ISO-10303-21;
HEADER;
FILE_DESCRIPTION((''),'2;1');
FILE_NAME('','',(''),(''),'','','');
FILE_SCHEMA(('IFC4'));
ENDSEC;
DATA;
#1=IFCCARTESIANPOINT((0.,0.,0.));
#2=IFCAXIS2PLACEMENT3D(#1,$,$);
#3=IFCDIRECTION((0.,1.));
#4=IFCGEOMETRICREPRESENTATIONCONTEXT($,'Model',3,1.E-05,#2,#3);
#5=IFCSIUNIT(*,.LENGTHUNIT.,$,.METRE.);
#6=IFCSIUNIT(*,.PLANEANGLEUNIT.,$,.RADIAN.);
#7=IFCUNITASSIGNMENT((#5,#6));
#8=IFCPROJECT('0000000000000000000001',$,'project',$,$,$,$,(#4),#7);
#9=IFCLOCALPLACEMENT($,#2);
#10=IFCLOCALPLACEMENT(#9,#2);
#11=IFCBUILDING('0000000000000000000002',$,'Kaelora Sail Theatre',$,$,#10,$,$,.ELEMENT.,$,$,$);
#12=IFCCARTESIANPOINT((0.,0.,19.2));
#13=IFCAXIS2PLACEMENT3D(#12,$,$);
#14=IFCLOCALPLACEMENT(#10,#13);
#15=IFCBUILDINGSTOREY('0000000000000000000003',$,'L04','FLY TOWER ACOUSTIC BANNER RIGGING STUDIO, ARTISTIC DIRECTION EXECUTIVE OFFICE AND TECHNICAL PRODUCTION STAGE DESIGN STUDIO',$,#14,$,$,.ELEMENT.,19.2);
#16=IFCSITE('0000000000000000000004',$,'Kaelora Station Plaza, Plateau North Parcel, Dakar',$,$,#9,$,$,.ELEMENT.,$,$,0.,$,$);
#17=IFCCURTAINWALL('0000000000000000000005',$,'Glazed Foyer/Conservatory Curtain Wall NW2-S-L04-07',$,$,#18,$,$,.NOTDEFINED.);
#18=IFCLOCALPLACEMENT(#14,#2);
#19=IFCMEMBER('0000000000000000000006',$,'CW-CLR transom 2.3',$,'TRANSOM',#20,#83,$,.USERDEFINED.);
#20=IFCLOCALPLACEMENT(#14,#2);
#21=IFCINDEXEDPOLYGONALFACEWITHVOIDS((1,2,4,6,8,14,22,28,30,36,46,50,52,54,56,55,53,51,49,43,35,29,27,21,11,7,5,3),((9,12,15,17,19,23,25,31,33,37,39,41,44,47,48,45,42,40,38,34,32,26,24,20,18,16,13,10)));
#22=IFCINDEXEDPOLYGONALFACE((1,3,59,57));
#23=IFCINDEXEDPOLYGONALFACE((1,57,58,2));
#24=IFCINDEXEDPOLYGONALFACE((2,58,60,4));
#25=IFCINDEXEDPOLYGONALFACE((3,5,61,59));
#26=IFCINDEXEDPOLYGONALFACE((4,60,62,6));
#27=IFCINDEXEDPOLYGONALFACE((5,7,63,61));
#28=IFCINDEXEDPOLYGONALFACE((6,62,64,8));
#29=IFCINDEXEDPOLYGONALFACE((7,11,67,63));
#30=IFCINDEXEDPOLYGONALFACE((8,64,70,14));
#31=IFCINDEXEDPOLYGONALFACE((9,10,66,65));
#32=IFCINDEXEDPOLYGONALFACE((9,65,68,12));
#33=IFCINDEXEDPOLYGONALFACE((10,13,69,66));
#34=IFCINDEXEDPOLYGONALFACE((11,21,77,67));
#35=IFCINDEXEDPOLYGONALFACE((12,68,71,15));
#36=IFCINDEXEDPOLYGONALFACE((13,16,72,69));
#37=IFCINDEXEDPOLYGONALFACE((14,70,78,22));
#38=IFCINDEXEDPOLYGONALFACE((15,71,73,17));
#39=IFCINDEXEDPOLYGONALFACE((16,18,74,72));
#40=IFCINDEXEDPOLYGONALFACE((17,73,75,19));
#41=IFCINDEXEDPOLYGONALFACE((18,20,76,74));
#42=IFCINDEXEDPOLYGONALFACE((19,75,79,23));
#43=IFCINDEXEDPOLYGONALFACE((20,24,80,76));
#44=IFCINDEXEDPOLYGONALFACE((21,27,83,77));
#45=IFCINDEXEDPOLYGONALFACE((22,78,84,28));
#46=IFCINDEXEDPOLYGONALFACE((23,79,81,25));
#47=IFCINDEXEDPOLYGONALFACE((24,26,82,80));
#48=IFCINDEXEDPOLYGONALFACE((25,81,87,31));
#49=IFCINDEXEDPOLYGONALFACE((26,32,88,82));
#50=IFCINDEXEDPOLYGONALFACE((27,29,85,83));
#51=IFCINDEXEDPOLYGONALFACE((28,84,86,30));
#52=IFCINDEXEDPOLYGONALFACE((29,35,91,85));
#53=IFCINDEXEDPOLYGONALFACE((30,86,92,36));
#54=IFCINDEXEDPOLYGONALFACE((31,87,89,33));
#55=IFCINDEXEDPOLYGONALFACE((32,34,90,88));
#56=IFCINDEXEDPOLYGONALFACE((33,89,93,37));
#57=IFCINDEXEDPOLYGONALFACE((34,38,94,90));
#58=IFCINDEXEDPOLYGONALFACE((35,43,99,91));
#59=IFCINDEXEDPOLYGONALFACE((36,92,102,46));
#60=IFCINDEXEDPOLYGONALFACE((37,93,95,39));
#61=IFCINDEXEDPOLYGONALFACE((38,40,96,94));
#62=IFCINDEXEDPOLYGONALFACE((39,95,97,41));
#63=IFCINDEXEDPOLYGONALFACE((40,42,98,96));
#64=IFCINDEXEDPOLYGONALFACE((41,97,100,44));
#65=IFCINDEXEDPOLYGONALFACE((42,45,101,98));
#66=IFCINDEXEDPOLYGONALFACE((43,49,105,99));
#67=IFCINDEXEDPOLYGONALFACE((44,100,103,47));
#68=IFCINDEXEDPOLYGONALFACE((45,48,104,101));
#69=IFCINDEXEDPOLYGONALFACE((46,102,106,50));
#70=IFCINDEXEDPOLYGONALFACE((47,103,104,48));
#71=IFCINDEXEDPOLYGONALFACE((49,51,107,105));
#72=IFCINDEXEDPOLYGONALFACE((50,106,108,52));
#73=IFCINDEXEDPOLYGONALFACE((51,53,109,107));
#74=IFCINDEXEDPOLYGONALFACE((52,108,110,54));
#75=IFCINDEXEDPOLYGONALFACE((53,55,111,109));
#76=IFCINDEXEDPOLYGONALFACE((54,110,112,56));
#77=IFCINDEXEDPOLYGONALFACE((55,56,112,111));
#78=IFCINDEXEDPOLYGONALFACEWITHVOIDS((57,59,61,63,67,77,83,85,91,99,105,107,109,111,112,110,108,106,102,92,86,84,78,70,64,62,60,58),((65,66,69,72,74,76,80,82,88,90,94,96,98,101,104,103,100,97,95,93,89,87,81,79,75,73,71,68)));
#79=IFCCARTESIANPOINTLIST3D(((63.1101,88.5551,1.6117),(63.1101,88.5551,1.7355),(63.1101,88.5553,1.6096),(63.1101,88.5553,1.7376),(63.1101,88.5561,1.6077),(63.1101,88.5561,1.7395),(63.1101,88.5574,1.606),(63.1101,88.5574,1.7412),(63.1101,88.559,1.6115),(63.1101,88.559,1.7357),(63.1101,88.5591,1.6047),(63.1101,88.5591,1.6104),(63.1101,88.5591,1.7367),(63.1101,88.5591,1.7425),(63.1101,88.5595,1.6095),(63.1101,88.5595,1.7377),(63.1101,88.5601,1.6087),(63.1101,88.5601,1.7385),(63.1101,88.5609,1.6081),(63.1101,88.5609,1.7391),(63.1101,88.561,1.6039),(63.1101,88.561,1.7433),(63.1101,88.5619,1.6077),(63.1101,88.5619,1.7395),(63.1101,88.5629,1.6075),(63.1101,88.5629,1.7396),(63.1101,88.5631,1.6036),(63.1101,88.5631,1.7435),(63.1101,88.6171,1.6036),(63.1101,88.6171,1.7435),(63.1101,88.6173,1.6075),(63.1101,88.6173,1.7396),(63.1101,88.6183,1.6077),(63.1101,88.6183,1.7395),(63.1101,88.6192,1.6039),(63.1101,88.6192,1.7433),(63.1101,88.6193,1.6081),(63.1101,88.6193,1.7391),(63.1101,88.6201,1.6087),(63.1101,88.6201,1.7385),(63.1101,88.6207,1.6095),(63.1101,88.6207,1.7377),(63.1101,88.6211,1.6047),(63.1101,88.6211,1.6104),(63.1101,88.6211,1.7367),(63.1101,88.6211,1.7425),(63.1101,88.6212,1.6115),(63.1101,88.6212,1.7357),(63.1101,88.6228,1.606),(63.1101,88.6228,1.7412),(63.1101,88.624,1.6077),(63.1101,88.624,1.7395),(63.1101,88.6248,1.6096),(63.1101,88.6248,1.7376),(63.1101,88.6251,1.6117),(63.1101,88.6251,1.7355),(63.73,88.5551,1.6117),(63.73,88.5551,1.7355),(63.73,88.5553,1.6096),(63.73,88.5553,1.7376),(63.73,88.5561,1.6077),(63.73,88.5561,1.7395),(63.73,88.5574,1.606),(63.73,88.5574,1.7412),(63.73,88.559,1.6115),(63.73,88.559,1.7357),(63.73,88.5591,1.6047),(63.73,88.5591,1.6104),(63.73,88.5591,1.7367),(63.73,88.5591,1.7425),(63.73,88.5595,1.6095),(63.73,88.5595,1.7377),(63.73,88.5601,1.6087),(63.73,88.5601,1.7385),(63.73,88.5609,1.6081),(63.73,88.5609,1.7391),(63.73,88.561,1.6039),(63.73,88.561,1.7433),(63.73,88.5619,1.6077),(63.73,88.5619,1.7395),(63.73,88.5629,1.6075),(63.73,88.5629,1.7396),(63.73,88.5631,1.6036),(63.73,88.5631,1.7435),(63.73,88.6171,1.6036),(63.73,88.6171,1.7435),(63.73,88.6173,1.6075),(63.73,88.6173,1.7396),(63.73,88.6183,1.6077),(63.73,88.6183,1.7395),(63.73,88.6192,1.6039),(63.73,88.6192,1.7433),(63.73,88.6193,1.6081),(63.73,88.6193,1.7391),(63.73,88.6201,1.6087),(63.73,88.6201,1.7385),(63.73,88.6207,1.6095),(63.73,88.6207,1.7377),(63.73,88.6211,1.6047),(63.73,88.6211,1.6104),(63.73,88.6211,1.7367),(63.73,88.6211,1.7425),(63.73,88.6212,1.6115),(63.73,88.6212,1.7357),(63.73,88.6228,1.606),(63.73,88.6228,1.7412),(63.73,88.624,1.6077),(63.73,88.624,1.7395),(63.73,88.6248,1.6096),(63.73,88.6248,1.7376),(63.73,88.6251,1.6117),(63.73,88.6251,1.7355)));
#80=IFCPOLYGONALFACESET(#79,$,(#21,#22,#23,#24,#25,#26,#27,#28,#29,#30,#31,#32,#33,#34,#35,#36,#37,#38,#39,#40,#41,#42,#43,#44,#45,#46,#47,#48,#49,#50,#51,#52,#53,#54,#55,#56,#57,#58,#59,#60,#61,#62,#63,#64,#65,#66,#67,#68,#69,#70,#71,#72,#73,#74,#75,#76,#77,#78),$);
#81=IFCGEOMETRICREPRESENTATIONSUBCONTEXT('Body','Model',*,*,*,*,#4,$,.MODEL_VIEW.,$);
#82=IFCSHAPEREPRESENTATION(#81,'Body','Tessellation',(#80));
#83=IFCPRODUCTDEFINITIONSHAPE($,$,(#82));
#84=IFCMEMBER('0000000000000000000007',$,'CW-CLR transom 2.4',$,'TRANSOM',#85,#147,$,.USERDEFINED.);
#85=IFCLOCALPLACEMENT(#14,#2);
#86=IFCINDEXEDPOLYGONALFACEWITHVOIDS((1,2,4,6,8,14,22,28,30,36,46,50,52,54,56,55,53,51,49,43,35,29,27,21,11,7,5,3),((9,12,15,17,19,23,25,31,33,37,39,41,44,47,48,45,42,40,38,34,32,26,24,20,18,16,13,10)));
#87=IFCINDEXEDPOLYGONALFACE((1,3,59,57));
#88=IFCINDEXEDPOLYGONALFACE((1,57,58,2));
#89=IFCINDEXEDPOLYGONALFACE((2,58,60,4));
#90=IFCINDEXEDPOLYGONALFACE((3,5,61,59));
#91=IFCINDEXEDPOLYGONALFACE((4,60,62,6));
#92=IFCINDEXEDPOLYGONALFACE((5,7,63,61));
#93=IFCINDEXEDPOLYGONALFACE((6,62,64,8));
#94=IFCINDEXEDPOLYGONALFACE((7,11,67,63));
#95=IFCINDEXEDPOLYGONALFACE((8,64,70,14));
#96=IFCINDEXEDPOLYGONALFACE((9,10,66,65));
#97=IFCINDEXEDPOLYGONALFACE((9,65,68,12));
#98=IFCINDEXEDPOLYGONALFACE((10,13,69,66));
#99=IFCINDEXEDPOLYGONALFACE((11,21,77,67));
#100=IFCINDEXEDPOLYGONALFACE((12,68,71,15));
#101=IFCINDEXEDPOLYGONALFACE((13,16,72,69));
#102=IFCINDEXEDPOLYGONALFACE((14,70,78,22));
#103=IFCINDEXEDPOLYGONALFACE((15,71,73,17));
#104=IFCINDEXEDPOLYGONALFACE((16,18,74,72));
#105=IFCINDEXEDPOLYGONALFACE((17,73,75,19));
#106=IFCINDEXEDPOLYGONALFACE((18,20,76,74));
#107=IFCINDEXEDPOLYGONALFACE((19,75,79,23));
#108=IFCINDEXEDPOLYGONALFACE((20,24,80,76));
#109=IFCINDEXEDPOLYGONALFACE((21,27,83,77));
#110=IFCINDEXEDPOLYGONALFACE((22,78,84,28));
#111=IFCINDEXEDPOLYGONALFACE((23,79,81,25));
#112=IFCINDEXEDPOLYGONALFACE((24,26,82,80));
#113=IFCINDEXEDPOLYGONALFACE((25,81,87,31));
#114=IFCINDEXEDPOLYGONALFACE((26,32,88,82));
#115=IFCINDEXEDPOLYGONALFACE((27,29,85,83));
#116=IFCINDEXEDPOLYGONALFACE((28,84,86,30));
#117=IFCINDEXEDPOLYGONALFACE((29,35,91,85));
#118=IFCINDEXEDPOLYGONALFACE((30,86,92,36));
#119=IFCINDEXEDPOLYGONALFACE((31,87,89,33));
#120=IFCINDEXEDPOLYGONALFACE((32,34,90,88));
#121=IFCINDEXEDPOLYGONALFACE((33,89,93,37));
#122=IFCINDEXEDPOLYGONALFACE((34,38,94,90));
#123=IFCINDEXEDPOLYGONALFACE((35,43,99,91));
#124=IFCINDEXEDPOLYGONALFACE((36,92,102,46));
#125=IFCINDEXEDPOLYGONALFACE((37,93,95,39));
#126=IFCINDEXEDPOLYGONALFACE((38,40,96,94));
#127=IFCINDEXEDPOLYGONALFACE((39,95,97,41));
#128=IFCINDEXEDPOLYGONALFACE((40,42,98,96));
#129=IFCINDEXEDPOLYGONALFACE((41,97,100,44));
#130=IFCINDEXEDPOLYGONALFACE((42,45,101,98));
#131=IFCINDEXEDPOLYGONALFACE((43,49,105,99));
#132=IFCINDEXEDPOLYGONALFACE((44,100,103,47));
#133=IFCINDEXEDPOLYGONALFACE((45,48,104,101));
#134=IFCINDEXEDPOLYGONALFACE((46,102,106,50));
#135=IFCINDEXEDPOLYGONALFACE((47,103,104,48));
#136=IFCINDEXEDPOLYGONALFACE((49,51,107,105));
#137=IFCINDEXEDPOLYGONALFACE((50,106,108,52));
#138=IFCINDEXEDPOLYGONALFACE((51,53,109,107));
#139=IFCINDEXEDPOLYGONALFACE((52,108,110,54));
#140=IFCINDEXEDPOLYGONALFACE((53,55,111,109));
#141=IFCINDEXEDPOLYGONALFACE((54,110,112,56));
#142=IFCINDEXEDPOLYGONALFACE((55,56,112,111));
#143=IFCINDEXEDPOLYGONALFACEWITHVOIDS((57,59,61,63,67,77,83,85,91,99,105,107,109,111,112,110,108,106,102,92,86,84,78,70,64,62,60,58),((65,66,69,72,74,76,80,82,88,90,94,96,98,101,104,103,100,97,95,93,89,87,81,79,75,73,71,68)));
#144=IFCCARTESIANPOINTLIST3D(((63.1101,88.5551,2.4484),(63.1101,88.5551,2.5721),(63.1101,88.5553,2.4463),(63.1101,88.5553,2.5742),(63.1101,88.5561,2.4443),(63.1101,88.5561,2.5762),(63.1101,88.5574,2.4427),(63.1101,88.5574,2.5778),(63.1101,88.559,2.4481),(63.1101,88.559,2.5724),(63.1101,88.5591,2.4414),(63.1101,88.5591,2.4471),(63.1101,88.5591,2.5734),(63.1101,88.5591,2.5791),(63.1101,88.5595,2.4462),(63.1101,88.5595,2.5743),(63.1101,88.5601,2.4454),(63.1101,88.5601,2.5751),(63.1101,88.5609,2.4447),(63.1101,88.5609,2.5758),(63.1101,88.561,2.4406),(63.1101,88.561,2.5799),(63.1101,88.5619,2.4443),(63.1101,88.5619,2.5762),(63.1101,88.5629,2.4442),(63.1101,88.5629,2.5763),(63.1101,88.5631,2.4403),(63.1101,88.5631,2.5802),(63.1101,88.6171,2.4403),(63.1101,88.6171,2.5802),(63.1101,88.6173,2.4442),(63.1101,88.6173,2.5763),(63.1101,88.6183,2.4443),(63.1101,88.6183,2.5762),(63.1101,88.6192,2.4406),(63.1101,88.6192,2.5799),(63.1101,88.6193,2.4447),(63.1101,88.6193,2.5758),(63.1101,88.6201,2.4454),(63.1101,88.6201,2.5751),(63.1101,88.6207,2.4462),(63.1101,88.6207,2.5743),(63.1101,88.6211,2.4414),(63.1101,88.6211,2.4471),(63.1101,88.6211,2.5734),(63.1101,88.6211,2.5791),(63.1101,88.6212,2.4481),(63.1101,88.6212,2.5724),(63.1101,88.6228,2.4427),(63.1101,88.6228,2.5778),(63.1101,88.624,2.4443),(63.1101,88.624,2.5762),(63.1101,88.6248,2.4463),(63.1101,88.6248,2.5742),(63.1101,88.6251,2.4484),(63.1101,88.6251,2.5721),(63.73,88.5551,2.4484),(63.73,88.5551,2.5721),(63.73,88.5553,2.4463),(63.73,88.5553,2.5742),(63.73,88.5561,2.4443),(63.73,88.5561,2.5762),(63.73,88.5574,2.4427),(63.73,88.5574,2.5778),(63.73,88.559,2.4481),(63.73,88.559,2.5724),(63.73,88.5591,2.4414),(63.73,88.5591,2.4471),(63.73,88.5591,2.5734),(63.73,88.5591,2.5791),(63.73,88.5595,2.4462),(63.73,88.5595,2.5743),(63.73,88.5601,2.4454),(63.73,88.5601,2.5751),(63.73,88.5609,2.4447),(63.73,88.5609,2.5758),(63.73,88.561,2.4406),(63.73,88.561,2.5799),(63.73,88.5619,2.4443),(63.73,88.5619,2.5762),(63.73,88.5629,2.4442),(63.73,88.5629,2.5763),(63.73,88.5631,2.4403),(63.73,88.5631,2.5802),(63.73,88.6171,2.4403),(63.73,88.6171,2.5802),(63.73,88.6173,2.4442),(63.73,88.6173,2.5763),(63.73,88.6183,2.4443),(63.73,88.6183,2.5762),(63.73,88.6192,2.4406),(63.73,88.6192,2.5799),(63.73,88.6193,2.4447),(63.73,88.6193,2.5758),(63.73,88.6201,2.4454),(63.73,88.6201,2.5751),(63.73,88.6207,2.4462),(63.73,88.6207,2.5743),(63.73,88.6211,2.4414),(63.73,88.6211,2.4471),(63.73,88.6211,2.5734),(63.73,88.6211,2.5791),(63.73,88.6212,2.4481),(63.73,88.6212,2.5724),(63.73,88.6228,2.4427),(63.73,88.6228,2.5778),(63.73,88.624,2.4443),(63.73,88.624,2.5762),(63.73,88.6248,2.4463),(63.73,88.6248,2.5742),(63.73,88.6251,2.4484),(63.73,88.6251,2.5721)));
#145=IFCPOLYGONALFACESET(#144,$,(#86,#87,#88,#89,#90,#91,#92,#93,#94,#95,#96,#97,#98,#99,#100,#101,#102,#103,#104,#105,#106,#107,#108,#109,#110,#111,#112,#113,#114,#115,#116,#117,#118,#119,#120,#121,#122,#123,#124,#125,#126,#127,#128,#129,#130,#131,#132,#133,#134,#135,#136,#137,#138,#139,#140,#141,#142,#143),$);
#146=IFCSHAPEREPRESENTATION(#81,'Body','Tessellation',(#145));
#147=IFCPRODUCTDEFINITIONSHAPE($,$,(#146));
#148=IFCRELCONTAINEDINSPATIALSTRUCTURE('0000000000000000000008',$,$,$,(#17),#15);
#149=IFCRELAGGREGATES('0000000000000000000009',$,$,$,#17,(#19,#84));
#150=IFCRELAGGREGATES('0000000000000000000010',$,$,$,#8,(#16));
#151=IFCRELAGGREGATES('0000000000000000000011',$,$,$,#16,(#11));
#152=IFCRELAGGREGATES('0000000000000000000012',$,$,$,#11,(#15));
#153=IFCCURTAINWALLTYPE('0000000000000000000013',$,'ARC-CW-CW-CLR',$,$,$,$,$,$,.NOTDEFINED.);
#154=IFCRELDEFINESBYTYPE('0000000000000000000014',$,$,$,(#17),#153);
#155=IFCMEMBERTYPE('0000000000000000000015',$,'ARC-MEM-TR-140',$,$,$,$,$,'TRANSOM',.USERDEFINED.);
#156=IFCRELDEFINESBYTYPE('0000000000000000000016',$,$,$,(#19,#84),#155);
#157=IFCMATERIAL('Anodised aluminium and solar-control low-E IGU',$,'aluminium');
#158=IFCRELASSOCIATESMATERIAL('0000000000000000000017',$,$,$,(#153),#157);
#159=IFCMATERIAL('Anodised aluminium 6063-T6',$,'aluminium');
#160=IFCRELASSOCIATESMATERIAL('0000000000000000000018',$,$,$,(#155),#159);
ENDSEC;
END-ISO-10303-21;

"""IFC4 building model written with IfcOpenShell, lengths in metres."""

from ifc_helpers import new_model, si_unit, direction, frame, origin, origin_2d, place, context, subcontext, project, spatial, hollow_rectangle, extrude, material, material_profile, profile_set, type_object, element, aggregate, save


model = new_model("IFC4")

# Units and contexts
model_context = context("Model", 3, precision=1e-05, world=origin(), true_north=direction((0.0, 1.0)))
body_context = subcontext(model_context, "Body", "Model", "MODEL_VIEW")
ifc_project = project(units=[si_unit("LENGTHUNIT", "METRE"), si_unit("PLANEANGLEUNIT", "RADIAN")], contexts=[model_context])

# Site, building, storey
site_placement = place(None, origin())
site = spatial("IfcSite", under=ifc_project, at=site_placement, Name="Kaelora Station Plaza, Plateau North Parcel, Dakar", CompositionType="ELEMENT", RefElevation=0.0)
building_placement = place(site_placement, origin())
building = spatial("IfcBuilding", under=site, at=building_placement, Name="Kaelora Sail Theatre", CompositionType="ELEMENT")
storey_placement = place(building_placement, frame((0.0, 0.0, 19.2)))
storey = spatial("IfcBuildingStorey", under=building, at=storey_placement, Name="L04", Description="FLY TOWER ACOUSTIC BANNER RIGGING STUDIO, ARTISTIC DIRECTION EXECUTIVE OFFICE AND TECHNICAL PRODUCTION STAGE DESIGN STUDIO", CompositionType="ELEMENT", Elevation=19.2)

# Curtain wall, members
ifc_material_1 = material(Name="Anodised aluminium and solar-control low-E IGU", Category="aluminium")
curtain_wall_type = type_object("IfcCurtainWallType", Name="ARC-CW-CW-CLR", PredefinedType="NOTDEFINED", material=ifc_material_1)
curtain_wall_placement = place(storey_placement, origin())
curtain_wall = element("IfcCurtainWall", 1, at=curtain_wall_placement, inside=storey, type_object=curtain_wall_type, Name="Glazed Foyer/Conservatory Curtain Wall NW2-S-L04-07", PredefinedType="NOTDEFINED")
ifc_material_2 = material(Name="Anodised aluminium 6063-T6", Category="aluminium")
ifc_material_profile_1 = material_profile(ifc_material_2, hollow_rectangle(XDim=0.0701, YDim=0.1399, WallThickness=0.0039, InnerFilletRadius=0.0039, OuterFilletRadius=0.0081, at=origin_2d()), Name="ALU-TRAN 70x140x4")
ifc_profile_set_1 = profile_set([ifc_material_profile_1], Name="Anodised aluminium 6063-T6")
member_type_1 = type_object("IfcMemberType", Name="ARC-MEM-TR-140", ElementType="TRANSOM", PredefinedType="USERDEFINED", material=ifc_profile_set_1)
member_1_placement = place(storey_placement, frame((63.1101, 88.5901, 1.6736), z_axis=(1.0, 0.0, 0.0), x_axis=(0.0, 1.0, 0.0)))
member_1 = element("IfcMember", 2, at=member_1_placement, type_object=member_type_1, Name="CW-CLR transom 2.3", ObjectType="TRANSOM", PredefinedType="USERDEFINED", context=body_context, shape_type="SweptSolid", body=[
    extrude(hollow_rectangle(XDim=0.0701, YDim=0.1399, WallThickness=0.0039, InnerFilletRadius=0.0039, OuterFilletRadius=0.0081, at=origin_2d()), origin(), (0.0, 0.0, 1.0), 0.6199),
])
member_2_placement = place(storey_placement, frame((63.1101, 88.5901, 2.5103), z_axis=(1.0, 0.0, 0.0), x_axis=(0.0, 1.0, 0.0)))
member_2 = element("IfcMember", 3, at=member_2_placement, type_object=member_type_1, Name="CW-CLR transom 2.4", ObjectType="TRANSOM", PredefinedType="USERDEFINED", context=body_context, shape_type="SweptSolid", body=[
    extrude(hollow_rectangle(XDim=0.0701, YDim=0.1399, WallThickness=0.0039, InnerFilletRadius=0.0039, OuterFilletRadius=0.0081, at=origin_2d()), origin(), (0.0, 0.0, 1.0), 0.6199),
])
aggregate(curtain_wall, [member_1, member_2])

save(model, "model.ifc")
